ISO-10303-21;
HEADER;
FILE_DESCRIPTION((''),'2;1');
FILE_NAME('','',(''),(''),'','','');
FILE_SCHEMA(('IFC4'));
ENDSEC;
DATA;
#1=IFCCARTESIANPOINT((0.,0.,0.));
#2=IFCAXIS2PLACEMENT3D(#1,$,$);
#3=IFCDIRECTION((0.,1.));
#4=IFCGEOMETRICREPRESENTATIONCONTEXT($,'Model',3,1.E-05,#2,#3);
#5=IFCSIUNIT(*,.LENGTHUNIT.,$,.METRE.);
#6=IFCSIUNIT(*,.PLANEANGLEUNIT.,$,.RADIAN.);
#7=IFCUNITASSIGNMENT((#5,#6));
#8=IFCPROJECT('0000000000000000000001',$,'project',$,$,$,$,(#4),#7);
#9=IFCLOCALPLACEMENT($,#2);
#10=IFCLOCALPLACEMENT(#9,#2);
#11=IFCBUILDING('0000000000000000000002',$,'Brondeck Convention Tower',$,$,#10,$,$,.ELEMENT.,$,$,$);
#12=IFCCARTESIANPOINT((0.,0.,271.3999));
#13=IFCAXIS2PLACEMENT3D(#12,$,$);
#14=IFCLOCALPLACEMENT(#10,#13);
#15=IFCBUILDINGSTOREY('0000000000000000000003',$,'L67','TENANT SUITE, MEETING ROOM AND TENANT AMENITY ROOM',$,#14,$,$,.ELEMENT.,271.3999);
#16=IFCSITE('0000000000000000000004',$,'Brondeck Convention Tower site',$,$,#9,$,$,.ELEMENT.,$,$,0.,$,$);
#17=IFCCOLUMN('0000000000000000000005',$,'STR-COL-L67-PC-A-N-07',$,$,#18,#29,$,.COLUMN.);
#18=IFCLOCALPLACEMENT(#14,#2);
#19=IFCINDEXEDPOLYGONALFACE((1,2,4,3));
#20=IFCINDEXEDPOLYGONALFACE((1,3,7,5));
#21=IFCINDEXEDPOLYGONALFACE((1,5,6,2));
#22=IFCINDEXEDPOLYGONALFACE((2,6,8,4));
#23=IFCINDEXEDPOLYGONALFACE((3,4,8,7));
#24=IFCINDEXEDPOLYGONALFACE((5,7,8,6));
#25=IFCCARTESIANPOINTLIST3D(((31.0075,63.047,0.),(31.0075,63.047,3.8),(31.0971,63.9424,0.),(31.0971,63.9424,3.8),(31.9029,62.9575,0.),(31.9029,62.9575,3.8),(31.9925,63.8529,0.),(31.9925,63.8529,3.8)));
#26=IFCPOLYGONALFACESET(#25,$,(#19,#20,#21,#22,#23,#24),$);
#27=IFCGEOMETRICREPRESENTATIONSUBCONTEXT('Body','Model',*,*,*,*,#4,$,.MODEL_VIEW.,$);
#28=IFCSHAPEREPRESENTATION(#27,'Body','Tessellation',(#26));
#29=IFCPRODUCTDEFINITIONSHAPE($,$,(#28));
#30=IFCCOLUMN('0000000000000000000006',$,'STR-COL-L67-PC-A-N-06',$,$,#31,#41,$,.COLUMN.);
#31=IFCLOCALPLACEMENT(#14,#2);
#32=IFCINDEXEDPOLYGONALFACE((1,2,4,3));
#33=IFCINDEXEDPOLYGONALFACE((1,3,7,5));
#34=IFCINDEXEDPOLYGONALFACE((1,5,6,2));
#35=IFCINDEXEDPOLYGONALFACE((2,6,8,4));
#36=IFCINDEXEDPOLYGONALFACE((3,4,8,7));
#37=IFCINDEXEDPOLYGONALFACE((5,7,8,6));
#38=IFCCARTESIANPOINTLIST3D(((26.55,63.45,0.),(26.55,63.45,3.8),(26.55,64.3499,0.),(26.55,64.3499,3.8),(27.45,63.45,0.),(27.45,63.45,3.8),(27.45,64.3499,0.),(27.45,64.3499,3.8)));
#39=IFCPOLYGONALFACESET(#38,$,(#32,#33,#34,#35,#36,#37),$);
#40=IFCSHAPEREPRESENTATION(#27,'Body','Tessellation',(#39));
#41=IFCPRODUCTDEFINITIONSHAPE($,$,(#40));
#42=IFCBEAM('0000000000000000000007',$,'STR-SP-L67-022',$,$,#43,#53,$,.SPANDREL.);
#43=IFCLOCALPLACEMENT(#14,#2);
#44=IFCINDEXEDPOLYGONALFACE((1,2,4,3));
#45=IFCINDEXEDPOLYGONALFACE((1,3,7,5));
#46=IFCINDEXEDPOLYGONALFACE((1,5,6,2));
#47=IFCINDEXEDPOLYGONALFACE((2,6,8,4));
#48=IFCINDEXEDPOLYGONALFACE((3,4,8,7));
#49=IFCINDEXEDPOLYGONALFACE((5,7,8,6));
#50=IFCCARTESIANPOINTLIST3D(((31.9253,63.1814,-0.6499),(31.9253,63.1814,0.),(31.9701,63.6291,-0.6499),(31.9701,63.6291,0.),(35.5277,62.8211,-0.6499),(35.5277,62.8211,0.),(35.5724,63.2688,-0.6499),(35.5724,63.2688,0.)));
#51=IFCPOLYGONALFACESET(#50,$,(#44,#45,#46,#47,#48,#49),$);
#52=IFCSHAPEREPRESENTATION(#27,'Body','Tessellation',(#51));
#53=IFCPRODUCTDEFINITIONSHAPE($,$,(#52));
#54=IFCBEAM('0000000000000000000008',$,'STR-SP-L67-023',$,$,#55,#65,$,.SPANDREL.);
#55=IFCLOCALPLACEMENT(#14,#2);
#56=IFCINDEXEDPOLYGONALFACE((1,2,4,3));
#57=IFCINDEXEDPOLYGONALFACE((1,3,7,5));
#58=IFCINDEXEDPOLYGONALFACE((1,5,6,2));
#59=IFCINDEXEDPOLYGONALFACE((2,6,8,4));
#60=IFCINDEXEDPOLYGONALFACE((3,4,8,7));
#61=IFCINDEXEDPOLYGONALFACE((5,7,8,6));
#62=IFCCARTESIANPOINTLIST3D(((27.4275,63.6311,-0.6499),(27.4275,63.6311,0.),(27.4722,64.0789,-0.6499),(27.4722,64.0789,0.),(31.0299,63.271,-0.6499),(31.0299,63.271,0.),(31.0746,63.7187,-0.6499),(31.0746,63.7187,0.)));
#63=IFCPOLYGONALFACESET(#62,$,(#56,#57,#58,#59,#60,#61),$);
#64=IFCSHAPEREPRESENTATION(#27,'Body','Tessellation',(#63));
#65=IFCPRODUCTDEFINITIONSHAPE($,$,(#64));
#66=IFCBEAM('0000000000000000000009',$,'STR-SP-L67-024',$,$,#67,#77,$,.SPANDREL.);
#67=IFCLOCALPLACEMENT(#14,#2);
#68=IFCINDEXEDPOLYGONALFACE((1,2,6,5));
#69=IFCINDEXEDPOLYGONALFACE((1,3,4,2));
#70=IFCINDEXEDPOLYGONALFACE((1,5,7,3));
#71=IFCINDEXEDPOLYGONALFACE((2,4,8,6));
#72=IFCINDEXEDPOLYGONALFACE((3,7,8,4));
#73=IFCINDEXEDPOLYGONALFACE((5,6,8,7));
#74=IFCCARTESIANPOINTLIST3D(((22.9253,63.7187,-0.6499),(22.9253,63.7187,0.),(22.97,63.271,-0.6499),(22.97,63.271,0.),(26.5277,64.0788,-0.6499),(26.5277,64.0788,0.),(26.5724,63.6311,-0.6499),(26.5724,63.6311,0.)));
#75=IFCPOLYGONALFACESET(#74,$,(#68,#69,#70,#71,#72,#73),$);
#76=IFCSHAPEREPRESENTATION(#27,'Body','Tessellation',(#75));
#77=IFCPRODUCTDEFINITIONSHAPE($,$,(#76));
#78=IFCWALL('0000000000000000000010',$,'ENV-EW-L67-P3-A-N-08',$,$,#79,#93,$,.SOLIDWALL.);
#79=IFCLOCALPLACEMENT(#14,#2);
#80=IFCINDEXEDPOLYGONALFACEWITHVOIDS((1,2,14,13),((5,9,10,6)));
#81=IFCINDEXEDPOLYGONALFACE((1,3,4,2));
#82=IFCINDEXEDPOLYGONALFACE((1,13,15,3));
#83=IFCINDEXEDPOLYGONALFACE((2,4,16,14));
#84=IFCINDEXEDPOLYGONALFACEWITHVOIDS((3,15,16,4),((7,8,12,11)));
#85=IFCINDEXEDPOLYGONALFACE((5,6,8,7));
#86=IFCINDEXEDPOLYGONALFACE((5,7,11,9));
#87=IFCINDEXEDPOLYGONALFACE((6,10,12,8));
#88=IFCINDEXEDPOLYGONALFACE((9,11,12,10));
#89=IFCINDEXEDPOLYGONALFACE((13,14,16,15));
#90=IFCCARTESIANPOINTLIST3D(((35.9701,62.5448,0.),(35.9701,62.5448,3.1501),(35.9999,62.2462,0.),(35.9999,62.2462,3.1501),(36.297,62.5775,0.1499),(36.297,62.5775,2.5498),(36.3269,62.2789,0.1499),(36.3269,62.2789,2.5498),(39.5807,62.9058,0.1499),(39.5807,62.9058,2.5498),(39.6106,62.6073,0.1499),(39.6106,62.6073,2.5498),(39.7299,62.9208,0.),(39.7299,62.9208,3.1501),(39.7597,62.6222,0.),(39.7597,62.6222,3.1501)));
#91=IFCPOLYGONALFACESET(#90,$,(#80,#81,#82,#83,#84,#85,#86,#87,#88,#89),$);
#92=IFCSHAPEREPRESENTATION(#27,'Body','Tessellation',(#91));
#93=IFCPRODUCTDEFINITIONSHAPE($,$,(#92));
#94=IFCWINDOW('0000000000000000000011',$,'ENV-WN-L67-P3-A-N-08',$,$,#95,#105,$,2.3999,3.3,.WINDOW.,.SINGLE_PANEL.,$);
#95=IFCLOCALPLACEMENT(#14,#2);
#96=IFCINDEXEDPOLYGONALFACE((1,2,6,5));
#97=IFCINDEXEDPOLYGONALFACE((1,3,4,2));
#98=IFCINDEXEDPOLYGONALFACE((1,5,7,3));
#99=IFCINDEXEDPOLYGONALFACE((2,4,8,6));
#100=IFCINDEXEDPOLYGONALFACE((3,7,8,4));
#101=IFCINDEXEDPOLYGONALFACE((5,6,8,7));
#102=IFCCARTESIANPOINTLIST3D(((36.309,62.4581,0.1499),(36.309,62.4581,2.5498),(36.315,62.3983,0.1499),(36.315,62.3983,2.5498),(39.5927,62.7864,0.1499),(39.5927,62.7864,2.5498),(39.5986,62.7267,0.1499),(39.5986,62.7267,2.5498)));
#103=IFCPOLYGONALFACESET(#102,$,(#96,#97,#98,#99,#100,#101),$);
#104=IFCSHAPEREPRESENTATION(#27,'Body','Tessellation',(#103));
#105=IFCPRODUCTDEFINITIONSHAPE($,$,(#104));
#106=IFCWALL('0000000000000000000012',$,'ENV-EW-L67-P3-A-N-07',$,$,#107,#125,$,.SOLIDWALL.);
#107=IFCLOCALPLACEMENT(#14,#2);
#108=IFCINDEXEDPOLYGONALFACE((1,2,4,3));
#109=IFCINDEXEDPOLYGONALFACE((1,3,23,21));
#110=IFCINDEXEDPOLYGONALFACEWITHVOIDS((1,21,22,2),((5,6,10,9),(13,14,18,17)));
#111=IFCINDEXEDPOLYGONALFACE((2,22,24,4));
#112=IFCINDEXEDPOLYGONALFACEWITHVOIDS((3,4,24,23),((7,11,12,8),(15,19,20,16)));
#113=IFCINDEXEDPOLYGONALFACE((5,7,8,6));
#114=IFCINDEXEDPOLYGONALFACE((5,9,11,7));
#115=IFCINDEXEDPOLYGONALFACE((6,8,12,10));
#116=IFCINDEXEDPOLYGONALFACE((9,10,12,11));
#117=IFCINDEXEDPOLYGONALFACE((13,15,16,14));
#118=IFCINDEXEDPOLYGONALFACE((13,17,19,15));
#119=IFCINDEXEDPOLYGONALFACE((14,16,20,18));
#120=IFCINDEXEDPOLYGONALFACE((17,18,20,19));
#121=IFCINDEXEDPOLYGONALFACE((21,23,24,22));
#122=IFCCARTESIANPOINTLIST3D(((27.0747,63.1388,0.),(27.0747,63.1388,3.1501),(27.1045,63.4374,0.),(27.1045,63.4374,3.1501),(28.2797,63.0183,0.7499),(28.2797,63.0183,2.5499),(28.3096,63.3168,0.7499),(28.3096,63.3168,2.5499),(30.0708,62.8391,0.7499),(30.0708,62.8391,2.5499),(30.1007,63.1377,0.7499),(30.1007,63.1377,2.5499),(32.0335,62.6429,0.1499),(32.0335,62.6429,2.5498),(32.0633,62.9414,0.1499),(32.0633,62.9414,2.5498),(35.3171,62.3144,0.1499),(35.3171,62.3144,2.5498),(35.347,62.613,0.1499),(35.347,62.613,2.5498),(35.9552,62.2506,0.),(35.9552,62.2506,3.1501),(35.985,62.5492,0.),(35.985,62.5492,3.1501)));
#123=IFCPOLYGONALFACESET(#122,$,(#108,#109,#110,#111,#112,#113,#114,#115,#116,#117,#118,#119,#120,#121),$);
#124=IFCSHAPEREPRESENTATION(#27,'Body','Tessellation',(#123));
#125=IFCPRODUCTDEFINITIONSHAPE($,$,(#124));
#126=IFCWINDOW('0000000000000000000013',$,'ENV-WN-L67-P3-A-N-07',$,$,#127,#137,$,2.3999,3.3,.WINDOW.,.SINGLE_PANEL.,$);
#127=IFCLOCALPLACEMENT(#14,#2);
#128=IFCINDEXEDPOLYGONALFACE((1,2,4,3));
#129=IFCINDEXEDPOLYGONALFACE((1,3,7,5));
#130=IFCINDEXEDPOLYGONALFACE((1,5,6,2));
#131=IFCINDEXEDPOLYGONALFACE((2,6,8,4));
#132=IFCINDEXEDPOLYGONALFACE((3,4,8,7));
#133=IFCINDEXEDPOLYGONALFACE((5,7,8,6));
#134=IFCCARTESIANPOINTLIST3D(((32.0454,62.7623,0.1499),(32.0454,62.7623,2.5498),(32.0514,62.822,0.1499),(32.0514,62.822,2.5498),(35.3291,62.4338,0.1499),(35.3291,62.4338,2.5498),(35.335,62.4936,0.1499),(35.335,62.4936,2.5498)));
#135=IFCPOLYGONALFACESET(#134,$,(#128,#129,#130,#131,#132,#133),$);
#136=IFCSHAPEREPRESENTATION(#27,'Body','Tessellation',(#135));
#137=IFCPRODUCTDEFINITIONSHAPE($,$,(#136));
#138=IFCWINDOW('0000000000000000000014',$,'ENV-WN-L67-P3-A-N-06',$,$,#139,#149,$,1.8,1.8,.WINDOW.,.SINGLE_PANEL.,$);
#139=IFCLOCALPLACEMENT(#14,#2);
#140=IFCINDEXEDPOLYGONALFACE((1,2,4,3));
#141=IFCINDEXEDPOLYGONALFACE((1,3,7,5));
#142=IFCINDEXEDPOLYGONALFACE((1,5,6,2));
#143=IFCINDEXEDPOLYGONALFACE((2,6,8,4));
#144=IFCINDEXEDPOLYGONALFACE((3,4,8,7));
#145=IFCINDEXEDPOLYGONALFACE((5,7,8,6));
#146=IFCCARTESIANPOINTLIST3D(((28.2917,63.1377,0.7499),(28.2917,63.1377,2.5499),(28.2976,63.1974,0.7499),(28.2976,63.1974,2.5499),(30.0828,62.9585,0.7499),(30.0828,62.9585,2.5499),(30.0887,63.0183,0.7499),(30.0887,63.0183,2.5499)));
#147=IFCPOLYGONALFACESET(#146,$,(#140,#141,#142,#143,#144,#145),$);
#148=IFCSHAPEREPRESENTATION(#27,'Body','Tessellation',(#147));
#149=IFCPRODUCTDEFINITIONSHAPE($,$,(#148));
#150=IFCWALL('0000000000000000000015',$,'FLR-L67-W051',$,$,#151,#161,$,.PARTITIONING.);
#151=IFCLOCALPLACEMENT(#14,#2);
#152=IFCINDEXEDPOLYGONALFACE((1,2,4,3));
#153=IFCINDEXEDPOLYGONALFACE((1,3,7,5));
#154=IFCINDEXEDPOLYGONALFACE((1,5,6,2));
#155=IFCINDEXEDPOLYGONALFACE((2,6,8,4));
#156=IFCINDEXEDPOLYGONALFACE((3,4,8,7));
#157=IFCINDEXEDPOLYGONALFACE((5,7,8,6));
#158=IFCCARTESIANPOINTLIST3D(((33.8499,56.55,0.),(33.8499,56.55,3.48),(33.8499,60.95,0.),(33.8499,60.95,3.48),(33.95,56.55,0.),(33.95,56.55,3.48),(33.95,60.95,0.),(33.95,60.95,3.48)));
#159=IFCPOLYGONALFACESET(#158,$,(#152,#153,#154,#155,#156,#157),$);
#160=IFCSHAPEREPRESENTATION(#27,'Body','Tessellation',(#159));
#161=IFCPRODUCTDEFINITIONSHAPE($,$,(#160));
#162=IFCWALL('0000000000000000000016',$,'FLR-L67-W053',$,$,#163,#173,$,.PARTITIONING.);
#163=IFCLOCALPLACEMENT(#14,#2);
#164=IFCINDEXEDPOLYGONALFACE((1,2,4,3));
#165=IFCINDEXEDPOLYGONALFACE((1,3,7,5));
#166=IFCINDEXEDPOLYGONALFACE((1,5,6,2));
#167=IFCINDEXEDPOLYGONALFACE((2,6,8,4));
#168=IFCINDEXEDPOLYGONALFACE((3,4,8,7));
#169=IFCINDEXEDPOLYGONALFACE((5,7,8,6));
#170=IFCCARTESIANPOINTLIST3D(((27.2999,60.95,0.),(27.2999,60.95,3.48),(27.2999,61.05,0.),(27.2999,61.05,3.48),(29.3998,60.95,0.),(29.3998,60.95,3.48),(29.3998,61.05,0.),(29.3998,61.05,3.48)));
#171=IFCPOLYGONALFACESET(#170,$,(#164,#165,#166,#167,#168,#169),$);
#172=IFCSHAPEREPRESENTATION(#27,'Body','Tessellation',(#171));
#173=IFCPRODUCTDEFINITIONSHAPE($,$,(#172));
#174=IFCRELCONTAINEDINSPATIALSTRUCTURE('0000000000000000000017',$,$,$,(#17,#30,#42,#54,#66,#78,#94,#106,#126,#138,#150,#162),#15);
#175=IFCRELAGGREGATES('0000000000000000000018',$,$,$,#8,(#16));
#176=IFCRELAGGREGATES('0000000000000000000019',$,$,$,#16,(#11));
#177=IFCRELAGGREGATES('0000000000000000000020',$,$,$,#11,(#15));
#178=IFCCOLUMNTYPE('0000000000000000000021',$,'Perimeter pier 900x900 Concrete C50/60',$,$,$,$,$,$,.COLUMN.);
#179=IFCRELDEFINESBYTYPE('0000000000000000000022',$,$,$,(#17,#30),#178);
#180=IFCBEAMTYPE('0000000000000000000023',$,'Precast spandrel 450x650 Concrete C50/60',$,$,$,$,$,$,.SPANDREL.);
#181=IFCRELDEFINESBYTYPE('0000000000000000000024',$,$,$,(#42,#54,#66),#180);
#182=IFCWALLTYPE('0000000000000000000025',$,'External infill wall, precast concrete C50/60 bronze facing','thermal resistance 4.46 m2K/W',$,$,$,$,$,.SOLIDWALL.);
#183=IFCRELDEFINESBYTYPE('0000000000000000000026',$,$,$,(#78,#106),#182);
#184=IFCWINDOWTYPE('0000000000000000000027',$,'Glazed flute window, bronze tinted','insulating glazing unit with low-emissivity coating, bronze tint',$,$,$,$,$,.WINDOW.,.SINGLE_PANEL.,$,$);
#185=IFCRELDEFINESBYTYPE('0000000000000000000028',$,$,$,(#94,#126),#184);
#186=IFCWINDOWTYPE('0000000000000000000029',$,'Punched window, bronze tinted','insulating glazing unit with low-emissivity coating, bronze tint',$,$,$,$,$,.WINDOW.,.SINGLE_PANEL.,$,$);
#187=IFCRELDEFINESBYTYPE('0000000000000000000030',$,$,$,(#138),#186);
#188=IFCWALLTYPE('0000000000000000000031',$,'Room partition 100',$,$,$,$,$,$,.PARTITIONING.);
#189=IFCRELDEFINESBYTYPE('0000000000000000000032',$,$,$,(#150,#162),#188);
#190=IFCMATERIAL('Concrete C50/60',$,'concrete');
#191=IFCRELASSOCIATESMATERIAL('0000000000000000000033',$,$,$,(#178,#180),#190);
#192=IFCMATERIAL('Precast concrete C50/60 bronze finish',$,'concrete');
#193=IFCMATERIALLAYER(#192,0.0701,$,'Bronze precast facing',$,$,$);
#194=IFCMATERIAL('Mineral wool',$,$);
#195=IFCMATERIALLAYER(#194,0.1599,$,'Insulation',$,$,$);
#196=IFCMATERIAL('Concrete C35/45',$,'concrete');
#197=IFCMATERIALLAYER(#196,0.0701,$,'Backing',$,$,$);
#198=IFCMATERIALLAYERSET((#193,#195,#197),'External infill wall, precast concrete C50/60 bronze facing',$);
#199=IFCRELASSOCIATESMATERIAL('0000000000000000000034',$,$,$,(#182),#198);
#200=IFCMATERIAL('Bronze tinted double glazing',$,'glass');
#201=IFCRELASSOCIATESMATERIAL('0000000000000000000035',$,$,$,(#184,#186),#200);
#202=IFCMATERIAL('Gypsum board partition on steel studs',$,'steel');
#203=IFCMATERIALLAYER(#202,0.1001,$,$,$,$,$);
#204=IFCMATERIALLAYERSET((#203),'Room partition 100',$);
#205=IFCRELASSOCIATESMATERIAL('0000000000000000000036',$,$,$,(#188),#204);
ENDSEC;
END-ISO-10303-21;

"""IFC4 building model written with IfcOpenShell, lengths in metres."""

from ifc_helpers import new_model, si_unit, direction, frame, frame_2d, origin, origin_2d, place, context, subcontext, project, spatial, rectangle, extrude, material, layer, layer_set, material_profile, profile_set, type_object, element, fill, save


model = new_model("IFC4")

# Units and contexts
model_context = context("Model", 3, precision=1e-05, world=origin(), true_north=direction((0.0, 1.0)))
body_context = subcontext(model_context, "Body", "Model", "MODEL_VIEW")
ifc_project = project(units=[si_unit("LENGTHUNIT", "METRE"), si_unit("PLANEANGLEUNIT", "RADIAN")], contexts=[model_context])

# Site, building, storey
site_placement = place(None, origin())
site = spatial("IfcSite", under=ifc_project, at=site_placement, Name="Brondeck Convention Tower site", CompositionType="ELEMENT", RefElevation=0.0)
building_placement = place(site_placement, origin())
building = spatial("IfcBuilding", under=site, at=building_placement, Name="Brondeck Convention Tower", CompositionType="ELEMENT")
storey_placement = place(building_placement, frame((0.0, 0.0, 271.3999)))
storey = spatial("IfcBuildingStorey", under=building, at=storey_placement, Name="L67", Description="TENANT SUITE, MEETING ROOM AND TENANT AMENITY ROOM", CompositionType="ELEMENT", Elevation=271.3999)

# Columns
ifc_material_1 = material(Name="Concrete C50/60", Category="concrete")
ifc_material_profile_1 = material_profile(ifc_material_1, rectangle(XDim=0.8999, YDim=0.8999, at=origin_2d()), Name="Perimeter pier 900x900 Concrete C50/60")
ifc_profile_set_1 = profile_set([ifc_material_profile_1], Name="Concrete C50/60")
column_type = type_object("IfcColumnType", Name="Perimeter pier 900x900 Concrete C50/60", PredefinedType="COLUMN", material=ifc_profile_set_1)
for number, where, z_axis, x_axis, name in (
    (1, (31.5, 63.45, 0.0), (0.0, 0.0, 1.0), (-0.995037, 0.099504, 0.0), "STR-COL-L67-PC-A-N-07"),
    (2, (27.0, 63.8999, 0.0), (0.0, 0.0, 1.0), (-1.0, 0.0, 0.0), "STR-COL-L67-PC-A-N-06"),
):
    element("IfcColumn", number, at=place(storey_placement, frame(where, z_axis=z_axis, x_axis=x_axis)), inside=storey, type_object=column_type, Name=name, PredefinedType="COLUMN", context=body_context, shape_type="SweptSolid", body=[
        extrude(rectangle(XDim=0.8999, YDim=0.8999, at=origin_2d()), origin(), (0.0, 0.0, 1.0), 3.8),
    ])

# Beams
ifc_material_profile_2 = material_profile(ifc_material_1, rectangle(XDim=0.45, YDim=0.6499, at=origin_2d()), Name="Precast spandrel 450x650 Concrete C50/60")
ifc_profile_set_2 = profile_set([ifc_material_profile_2], Name="Concrete C50/60")
beam_type = type_object("IfcBeamType", Name="Precast spandrel 450x650 Concrete C50/60", PredefinedType="SPANDREL", material=ifc_profile_set_2)
for number, where, z_axis, x_axis, name in (
    (3, (35.55, 63.0449, -0.325), (-0.995034, 0.099537, 0.0), (-0.099537, -0.995034, 0.0), "STR-SP-L67-022"),
    (4, (31.0522, 63.4949, -0.325), (-0.995041, 0.09947, 0.0), (-0.09947, -0.995041, 0.0), "STR-SP-L67-023"),
    (5, (26.55, 63.855, -0.325), (-0.995041, -0.09947, 0.0), (0.09947, -0.995041, 0.0), "STR-SP-L67-024"),
):
    element("IfcBeam", number, at=place(storey_placement, frame(where, z_axis=z_axis, x_axis=x_axis)), inside=storey, type_object=beam_type, Name=name, PredefinedType="SPANDREL", context=body_context, shape_type="SweptSolid", body=[
        extrude(rectangle(XDim=0.45, YDim=0.6499, at=origin_2d()), origin(), (0.0, 0.0, 1.0), 3.6204),
    ])

# Wall, opening, window
ifc_material_2 = material(Name="Precast concrete C50/60 bronze finish", Category="concrete")
ifc_layer_1 = layer(ifc_material_2, 0.0701, Name="Bronze precast facing")
ifc_material_3 = material(Name="Mineral wool")
ifc_layer_2 = layer(ifc_material_3, 0.1599, Name="Insulation")
ifc_material_4 = material(Name="Concrete C35/45", Category="concrete")
ifc_layer_3 = layer(ifc_material_4, 0.0701, Name="Backing")
ifc_layer_set_1 = layer_set([ifc_layer_1, ifc_layer_2, ifc_layer_3], Name="External infill wall, precast concrete C50/60 bronze facing")
wall_type_1 = type_object("IfcWallType", Name="External infill wall, precast concrete C50/60 bronze facing", Description="thermal resistance 4.46 m2K/W", PredefinedType="SOLIDWALL", material=ifc_layer_set_1)
wall_1_placement = place(storey_placement, frame((35.9851, 62.3955, 0.0), z_axis=(0.0, 0.0, 1.0), x_axis=(0.995037, 0.099504, 0.0)))
wall_1 = element("IfcWall", 6, at=wall_1_placement, inside=storey, type_object=wall_type_1, Name="ENV-EW-L67-P3-A-N-08", PredefinedType="SOLIDWALL", context=body_context, shape_type="SweptSolid", body=[
    extrude(rectangle(XDim=3.7786, YDim=0.3, at=frame_2d((1.8892, 0.0))), origin(), (0.0, 0.0, 1.0), 3.1501),
])
opening_1_placement = place(wall_1_placement, frame((0.3286, 0.0, 0.1499)))
opening_1 = element("IfcOpeningElement", 7, at=opening_1_placement, cuts=wall_1, PredefinedType="OPENING", context=body_context, shape_type="SweptSolid", body=[
    extrude(rectangle(XDim=3.3, YDim=2.3999, at=frame_2d((1.6499, 1.2))), frame((0.0, 0.1599, 0.0), z_axis=(0.0, -1.0, 0.0), x_axis=(1.0, 0.0, 0.0)), (0.0, 0.0, 1.0), 0.3201),
])
ifc_material_5 = material(Name="Bronze tinted double glazing", Category="glass")
window_type_1 = type_object("IfcWindowType", Name="Glazed flute window, bronze tinted", Description="insulating glazing unit with low-emissivity coating, bronze tint", PartitioningType="SINGLE_PANEL", PredefinedType="WINDOW", material=ifc_material_5)
window_1_placement = place(opening_1_placement, origin())
window_1 = element("IfcWindow", 8, at=window_1_placement, inside=storey, type_object=window_type_1, Name="ENV-WN-L67-P3-A-N-08", OverallHeight=2.3999, OverallWidth=3.3, PartitioningType="SINGLE_PANEL", PredefinedType="WINDOW", context=body_context, shape_type="SweptSolid", body=[
    extrude(rectangle(XDim=3.3, YDim=2.3999, at=frame_2d((1.6499, 1.2))), frame((0.0, 0.03, 0.0), z_axis=(0.0, -1.0, 0.0), x_axis=(1.0, 0.0, 0.0)), (0.0, 0.0, 1.0), 0.0601),
])
fill(opening_1, window_1)

# Wall, openings, windows
wall_2_placement = place(storey_placement, frame((27.0896, 63.2881, 0.0), z_axis=(0.0, 0.0, 1.0), x_axis=(0.995036, -0.099517, 0.0)))
wall_2 = element("IfcWall", 9, at=wall_2_placement, inside=storey, type_object=wall_type_1, Name="ENV-EW-L67-P3-A-N-07", PredefinedType="SOLIDWALL", context=body_context, shape_type="SweptSolid", body=[
    extrude(rectangle(XDim=8.9248, YDim=0.3, at=frame_2d((4.4624, 0.0))), origin(), (0.0, 0.0, 1.0), 3.1501),
])
opening_2_placement = place(wall_2_placement, frame((1.2112, 0.0, 0.75)))
opening_2 = element("IfcOpeningElement", 10, at=opening_2_placement, cuts=wall_2, PredefinedType="OPENING", context=body_context, shape_type="SweptSolid", body=[
    extrude(rectangle(XDim=1.8, YDim=1.8, at=frame_2d((0.8999, 0.8999))), frame((0.0, 0.1599, 0.0), z_axis=(0.0, -1.0, 0.0), x_axis=(1.0, 0.0, 0.0)), (0.0, 0.0, 1.0), 0.3201),
])
opening_3_placement = place(wall_2_placement, frame((4.9836, 0.0, 0.1499)))
opening_3 = element("IfcOpeningElement", 11, at=opening_3_placement, cuts=wall_2, PredefinedType="OPENING", context=body_context, shape_type="SweptSolid", body=[
    extrude(rectangle(XDim=3.3, YDim=2.3999, at=frame_2d((1.6499, 1.2))), frame((0.0, 0.1599, 0.0), z_axis=(0.0, -1.0, 0.0), x_axis=(1.0, 0.0, 0.0)), (0.0, 0.0, 1.0), 0.3201),
])
window_2_placement = place(opening_3_placement, origin())
window_2 = element("IfcWindow", 12, at=window_2_placement, inside=storey, type_object=window_type_1, Name="ENV-WN-L67-P3-A-N-07", OverallHeight=2.3999, OverallWidth=3.3, PartitioningType="SINGLE_PANEL", PredefinedType="WINDOW", context=body_context, shape_type="SweptSolid", body=[
    extrude(rectangle(XDim=3.3, YDim=2.3999, at=frame_2d((1.6499, 1.2))), frame((0.0, 0.03, 0.0), z_axis=(0.0, -1.0, 0.0), x_axis=(1.0, 0.0, 0.0)), (0.0, 0.0, 1.0), 0.0601),
])
fill(opening_3, window_2)
window_type_2 = type_object("IfcWindowType", Name="Punched window, bronze tinted", Description="insulating glazing unit with low-emissivity coating, bronze tint", PartitioningType="SINGLE_PANEL", PredefinedType="WINDOW", material=ifc_material_5)
window_3_placement = place(opening_2_placement, origin())
window_3 = element("IfcWindow", 13, at=window_3_placement, inside=storey, type_object=window_type_2, Name="ENV-WN-L67-P3-A-N-06", OverallHeight=1.8, OverallWidth=1.8, PartitioningType="SINGLE_PANEL", PredefinedType="WINDOW", context=body_context, shape_type="SweptSolid", body=[
    extrude(rectangle(XDim=1.8, YDim=1.8, at=frame_2d((0.8999, 0.8999))), frame((0.0, 0.03, 0.0), z_axis=(0.0, -1.0, 0.0), x_axis=(1.0, 0.0, 0.0)), (0.0, 0.0, 1.0), 0.0601),
])
fill(opening_2, window_3)

# Walls
ifc_material_6 = material(Name="Gypsum board partition on steel studs", Category="steel")
ifc_layer_4 = layer(ifc_material_6, 0.1001)
ifc_layer_set_2 = layer_set([ifc_layer_4], Name="Room partition 100")
wall_type_2 = type_object("IfcWallType", Name="Room partition 100", PredefinedType="PARTITIONING", material=ifc_layer_set_2)
wall_3_placement = place(storey_placement, frame((33.8999, 60.95, 0.0), z_axis=(0.0, 0.0, 1.0), x_axis=(0.0, -1.0, 0.0)))
element("IfcWall", 14, at=wall_3_placement, inside=storey, type_object=wall_type_2, Name="FLR-L67-W051", PredefinedType="PARTITIONING", context=body_context, shape_type="SweptSolid", body=[
    extrude(rectangle(XDim=4.3999, YDim=0.1001, at=frame_2d((2.2, 0.0))), origin(), (0.0, 0.0, 1.0), 3.48),
])
wall_4_placement = place(storey_placement, frame((27.3, 61.0, 0.0), z_axis=(0.0, 0.0, 1.0), x_axis=(1.0, 0.0, 0.0)))
element("IfcWall", 15, at=wall_4_placement, inside=storey, type_object=wall_type_2, Name="FLR-L67-W053", PredefinedType="PARTITIONING", context=body_context, shape_type="SweptSolid", body=[
    extrude(rectangle(XDim=2.0999, YDim=0.1001, at=frame_2d((1.0498, 0.0))), origin(), (0.0, 0.0, 1.0), 3.48),
])

save(model, "model.ifc")
